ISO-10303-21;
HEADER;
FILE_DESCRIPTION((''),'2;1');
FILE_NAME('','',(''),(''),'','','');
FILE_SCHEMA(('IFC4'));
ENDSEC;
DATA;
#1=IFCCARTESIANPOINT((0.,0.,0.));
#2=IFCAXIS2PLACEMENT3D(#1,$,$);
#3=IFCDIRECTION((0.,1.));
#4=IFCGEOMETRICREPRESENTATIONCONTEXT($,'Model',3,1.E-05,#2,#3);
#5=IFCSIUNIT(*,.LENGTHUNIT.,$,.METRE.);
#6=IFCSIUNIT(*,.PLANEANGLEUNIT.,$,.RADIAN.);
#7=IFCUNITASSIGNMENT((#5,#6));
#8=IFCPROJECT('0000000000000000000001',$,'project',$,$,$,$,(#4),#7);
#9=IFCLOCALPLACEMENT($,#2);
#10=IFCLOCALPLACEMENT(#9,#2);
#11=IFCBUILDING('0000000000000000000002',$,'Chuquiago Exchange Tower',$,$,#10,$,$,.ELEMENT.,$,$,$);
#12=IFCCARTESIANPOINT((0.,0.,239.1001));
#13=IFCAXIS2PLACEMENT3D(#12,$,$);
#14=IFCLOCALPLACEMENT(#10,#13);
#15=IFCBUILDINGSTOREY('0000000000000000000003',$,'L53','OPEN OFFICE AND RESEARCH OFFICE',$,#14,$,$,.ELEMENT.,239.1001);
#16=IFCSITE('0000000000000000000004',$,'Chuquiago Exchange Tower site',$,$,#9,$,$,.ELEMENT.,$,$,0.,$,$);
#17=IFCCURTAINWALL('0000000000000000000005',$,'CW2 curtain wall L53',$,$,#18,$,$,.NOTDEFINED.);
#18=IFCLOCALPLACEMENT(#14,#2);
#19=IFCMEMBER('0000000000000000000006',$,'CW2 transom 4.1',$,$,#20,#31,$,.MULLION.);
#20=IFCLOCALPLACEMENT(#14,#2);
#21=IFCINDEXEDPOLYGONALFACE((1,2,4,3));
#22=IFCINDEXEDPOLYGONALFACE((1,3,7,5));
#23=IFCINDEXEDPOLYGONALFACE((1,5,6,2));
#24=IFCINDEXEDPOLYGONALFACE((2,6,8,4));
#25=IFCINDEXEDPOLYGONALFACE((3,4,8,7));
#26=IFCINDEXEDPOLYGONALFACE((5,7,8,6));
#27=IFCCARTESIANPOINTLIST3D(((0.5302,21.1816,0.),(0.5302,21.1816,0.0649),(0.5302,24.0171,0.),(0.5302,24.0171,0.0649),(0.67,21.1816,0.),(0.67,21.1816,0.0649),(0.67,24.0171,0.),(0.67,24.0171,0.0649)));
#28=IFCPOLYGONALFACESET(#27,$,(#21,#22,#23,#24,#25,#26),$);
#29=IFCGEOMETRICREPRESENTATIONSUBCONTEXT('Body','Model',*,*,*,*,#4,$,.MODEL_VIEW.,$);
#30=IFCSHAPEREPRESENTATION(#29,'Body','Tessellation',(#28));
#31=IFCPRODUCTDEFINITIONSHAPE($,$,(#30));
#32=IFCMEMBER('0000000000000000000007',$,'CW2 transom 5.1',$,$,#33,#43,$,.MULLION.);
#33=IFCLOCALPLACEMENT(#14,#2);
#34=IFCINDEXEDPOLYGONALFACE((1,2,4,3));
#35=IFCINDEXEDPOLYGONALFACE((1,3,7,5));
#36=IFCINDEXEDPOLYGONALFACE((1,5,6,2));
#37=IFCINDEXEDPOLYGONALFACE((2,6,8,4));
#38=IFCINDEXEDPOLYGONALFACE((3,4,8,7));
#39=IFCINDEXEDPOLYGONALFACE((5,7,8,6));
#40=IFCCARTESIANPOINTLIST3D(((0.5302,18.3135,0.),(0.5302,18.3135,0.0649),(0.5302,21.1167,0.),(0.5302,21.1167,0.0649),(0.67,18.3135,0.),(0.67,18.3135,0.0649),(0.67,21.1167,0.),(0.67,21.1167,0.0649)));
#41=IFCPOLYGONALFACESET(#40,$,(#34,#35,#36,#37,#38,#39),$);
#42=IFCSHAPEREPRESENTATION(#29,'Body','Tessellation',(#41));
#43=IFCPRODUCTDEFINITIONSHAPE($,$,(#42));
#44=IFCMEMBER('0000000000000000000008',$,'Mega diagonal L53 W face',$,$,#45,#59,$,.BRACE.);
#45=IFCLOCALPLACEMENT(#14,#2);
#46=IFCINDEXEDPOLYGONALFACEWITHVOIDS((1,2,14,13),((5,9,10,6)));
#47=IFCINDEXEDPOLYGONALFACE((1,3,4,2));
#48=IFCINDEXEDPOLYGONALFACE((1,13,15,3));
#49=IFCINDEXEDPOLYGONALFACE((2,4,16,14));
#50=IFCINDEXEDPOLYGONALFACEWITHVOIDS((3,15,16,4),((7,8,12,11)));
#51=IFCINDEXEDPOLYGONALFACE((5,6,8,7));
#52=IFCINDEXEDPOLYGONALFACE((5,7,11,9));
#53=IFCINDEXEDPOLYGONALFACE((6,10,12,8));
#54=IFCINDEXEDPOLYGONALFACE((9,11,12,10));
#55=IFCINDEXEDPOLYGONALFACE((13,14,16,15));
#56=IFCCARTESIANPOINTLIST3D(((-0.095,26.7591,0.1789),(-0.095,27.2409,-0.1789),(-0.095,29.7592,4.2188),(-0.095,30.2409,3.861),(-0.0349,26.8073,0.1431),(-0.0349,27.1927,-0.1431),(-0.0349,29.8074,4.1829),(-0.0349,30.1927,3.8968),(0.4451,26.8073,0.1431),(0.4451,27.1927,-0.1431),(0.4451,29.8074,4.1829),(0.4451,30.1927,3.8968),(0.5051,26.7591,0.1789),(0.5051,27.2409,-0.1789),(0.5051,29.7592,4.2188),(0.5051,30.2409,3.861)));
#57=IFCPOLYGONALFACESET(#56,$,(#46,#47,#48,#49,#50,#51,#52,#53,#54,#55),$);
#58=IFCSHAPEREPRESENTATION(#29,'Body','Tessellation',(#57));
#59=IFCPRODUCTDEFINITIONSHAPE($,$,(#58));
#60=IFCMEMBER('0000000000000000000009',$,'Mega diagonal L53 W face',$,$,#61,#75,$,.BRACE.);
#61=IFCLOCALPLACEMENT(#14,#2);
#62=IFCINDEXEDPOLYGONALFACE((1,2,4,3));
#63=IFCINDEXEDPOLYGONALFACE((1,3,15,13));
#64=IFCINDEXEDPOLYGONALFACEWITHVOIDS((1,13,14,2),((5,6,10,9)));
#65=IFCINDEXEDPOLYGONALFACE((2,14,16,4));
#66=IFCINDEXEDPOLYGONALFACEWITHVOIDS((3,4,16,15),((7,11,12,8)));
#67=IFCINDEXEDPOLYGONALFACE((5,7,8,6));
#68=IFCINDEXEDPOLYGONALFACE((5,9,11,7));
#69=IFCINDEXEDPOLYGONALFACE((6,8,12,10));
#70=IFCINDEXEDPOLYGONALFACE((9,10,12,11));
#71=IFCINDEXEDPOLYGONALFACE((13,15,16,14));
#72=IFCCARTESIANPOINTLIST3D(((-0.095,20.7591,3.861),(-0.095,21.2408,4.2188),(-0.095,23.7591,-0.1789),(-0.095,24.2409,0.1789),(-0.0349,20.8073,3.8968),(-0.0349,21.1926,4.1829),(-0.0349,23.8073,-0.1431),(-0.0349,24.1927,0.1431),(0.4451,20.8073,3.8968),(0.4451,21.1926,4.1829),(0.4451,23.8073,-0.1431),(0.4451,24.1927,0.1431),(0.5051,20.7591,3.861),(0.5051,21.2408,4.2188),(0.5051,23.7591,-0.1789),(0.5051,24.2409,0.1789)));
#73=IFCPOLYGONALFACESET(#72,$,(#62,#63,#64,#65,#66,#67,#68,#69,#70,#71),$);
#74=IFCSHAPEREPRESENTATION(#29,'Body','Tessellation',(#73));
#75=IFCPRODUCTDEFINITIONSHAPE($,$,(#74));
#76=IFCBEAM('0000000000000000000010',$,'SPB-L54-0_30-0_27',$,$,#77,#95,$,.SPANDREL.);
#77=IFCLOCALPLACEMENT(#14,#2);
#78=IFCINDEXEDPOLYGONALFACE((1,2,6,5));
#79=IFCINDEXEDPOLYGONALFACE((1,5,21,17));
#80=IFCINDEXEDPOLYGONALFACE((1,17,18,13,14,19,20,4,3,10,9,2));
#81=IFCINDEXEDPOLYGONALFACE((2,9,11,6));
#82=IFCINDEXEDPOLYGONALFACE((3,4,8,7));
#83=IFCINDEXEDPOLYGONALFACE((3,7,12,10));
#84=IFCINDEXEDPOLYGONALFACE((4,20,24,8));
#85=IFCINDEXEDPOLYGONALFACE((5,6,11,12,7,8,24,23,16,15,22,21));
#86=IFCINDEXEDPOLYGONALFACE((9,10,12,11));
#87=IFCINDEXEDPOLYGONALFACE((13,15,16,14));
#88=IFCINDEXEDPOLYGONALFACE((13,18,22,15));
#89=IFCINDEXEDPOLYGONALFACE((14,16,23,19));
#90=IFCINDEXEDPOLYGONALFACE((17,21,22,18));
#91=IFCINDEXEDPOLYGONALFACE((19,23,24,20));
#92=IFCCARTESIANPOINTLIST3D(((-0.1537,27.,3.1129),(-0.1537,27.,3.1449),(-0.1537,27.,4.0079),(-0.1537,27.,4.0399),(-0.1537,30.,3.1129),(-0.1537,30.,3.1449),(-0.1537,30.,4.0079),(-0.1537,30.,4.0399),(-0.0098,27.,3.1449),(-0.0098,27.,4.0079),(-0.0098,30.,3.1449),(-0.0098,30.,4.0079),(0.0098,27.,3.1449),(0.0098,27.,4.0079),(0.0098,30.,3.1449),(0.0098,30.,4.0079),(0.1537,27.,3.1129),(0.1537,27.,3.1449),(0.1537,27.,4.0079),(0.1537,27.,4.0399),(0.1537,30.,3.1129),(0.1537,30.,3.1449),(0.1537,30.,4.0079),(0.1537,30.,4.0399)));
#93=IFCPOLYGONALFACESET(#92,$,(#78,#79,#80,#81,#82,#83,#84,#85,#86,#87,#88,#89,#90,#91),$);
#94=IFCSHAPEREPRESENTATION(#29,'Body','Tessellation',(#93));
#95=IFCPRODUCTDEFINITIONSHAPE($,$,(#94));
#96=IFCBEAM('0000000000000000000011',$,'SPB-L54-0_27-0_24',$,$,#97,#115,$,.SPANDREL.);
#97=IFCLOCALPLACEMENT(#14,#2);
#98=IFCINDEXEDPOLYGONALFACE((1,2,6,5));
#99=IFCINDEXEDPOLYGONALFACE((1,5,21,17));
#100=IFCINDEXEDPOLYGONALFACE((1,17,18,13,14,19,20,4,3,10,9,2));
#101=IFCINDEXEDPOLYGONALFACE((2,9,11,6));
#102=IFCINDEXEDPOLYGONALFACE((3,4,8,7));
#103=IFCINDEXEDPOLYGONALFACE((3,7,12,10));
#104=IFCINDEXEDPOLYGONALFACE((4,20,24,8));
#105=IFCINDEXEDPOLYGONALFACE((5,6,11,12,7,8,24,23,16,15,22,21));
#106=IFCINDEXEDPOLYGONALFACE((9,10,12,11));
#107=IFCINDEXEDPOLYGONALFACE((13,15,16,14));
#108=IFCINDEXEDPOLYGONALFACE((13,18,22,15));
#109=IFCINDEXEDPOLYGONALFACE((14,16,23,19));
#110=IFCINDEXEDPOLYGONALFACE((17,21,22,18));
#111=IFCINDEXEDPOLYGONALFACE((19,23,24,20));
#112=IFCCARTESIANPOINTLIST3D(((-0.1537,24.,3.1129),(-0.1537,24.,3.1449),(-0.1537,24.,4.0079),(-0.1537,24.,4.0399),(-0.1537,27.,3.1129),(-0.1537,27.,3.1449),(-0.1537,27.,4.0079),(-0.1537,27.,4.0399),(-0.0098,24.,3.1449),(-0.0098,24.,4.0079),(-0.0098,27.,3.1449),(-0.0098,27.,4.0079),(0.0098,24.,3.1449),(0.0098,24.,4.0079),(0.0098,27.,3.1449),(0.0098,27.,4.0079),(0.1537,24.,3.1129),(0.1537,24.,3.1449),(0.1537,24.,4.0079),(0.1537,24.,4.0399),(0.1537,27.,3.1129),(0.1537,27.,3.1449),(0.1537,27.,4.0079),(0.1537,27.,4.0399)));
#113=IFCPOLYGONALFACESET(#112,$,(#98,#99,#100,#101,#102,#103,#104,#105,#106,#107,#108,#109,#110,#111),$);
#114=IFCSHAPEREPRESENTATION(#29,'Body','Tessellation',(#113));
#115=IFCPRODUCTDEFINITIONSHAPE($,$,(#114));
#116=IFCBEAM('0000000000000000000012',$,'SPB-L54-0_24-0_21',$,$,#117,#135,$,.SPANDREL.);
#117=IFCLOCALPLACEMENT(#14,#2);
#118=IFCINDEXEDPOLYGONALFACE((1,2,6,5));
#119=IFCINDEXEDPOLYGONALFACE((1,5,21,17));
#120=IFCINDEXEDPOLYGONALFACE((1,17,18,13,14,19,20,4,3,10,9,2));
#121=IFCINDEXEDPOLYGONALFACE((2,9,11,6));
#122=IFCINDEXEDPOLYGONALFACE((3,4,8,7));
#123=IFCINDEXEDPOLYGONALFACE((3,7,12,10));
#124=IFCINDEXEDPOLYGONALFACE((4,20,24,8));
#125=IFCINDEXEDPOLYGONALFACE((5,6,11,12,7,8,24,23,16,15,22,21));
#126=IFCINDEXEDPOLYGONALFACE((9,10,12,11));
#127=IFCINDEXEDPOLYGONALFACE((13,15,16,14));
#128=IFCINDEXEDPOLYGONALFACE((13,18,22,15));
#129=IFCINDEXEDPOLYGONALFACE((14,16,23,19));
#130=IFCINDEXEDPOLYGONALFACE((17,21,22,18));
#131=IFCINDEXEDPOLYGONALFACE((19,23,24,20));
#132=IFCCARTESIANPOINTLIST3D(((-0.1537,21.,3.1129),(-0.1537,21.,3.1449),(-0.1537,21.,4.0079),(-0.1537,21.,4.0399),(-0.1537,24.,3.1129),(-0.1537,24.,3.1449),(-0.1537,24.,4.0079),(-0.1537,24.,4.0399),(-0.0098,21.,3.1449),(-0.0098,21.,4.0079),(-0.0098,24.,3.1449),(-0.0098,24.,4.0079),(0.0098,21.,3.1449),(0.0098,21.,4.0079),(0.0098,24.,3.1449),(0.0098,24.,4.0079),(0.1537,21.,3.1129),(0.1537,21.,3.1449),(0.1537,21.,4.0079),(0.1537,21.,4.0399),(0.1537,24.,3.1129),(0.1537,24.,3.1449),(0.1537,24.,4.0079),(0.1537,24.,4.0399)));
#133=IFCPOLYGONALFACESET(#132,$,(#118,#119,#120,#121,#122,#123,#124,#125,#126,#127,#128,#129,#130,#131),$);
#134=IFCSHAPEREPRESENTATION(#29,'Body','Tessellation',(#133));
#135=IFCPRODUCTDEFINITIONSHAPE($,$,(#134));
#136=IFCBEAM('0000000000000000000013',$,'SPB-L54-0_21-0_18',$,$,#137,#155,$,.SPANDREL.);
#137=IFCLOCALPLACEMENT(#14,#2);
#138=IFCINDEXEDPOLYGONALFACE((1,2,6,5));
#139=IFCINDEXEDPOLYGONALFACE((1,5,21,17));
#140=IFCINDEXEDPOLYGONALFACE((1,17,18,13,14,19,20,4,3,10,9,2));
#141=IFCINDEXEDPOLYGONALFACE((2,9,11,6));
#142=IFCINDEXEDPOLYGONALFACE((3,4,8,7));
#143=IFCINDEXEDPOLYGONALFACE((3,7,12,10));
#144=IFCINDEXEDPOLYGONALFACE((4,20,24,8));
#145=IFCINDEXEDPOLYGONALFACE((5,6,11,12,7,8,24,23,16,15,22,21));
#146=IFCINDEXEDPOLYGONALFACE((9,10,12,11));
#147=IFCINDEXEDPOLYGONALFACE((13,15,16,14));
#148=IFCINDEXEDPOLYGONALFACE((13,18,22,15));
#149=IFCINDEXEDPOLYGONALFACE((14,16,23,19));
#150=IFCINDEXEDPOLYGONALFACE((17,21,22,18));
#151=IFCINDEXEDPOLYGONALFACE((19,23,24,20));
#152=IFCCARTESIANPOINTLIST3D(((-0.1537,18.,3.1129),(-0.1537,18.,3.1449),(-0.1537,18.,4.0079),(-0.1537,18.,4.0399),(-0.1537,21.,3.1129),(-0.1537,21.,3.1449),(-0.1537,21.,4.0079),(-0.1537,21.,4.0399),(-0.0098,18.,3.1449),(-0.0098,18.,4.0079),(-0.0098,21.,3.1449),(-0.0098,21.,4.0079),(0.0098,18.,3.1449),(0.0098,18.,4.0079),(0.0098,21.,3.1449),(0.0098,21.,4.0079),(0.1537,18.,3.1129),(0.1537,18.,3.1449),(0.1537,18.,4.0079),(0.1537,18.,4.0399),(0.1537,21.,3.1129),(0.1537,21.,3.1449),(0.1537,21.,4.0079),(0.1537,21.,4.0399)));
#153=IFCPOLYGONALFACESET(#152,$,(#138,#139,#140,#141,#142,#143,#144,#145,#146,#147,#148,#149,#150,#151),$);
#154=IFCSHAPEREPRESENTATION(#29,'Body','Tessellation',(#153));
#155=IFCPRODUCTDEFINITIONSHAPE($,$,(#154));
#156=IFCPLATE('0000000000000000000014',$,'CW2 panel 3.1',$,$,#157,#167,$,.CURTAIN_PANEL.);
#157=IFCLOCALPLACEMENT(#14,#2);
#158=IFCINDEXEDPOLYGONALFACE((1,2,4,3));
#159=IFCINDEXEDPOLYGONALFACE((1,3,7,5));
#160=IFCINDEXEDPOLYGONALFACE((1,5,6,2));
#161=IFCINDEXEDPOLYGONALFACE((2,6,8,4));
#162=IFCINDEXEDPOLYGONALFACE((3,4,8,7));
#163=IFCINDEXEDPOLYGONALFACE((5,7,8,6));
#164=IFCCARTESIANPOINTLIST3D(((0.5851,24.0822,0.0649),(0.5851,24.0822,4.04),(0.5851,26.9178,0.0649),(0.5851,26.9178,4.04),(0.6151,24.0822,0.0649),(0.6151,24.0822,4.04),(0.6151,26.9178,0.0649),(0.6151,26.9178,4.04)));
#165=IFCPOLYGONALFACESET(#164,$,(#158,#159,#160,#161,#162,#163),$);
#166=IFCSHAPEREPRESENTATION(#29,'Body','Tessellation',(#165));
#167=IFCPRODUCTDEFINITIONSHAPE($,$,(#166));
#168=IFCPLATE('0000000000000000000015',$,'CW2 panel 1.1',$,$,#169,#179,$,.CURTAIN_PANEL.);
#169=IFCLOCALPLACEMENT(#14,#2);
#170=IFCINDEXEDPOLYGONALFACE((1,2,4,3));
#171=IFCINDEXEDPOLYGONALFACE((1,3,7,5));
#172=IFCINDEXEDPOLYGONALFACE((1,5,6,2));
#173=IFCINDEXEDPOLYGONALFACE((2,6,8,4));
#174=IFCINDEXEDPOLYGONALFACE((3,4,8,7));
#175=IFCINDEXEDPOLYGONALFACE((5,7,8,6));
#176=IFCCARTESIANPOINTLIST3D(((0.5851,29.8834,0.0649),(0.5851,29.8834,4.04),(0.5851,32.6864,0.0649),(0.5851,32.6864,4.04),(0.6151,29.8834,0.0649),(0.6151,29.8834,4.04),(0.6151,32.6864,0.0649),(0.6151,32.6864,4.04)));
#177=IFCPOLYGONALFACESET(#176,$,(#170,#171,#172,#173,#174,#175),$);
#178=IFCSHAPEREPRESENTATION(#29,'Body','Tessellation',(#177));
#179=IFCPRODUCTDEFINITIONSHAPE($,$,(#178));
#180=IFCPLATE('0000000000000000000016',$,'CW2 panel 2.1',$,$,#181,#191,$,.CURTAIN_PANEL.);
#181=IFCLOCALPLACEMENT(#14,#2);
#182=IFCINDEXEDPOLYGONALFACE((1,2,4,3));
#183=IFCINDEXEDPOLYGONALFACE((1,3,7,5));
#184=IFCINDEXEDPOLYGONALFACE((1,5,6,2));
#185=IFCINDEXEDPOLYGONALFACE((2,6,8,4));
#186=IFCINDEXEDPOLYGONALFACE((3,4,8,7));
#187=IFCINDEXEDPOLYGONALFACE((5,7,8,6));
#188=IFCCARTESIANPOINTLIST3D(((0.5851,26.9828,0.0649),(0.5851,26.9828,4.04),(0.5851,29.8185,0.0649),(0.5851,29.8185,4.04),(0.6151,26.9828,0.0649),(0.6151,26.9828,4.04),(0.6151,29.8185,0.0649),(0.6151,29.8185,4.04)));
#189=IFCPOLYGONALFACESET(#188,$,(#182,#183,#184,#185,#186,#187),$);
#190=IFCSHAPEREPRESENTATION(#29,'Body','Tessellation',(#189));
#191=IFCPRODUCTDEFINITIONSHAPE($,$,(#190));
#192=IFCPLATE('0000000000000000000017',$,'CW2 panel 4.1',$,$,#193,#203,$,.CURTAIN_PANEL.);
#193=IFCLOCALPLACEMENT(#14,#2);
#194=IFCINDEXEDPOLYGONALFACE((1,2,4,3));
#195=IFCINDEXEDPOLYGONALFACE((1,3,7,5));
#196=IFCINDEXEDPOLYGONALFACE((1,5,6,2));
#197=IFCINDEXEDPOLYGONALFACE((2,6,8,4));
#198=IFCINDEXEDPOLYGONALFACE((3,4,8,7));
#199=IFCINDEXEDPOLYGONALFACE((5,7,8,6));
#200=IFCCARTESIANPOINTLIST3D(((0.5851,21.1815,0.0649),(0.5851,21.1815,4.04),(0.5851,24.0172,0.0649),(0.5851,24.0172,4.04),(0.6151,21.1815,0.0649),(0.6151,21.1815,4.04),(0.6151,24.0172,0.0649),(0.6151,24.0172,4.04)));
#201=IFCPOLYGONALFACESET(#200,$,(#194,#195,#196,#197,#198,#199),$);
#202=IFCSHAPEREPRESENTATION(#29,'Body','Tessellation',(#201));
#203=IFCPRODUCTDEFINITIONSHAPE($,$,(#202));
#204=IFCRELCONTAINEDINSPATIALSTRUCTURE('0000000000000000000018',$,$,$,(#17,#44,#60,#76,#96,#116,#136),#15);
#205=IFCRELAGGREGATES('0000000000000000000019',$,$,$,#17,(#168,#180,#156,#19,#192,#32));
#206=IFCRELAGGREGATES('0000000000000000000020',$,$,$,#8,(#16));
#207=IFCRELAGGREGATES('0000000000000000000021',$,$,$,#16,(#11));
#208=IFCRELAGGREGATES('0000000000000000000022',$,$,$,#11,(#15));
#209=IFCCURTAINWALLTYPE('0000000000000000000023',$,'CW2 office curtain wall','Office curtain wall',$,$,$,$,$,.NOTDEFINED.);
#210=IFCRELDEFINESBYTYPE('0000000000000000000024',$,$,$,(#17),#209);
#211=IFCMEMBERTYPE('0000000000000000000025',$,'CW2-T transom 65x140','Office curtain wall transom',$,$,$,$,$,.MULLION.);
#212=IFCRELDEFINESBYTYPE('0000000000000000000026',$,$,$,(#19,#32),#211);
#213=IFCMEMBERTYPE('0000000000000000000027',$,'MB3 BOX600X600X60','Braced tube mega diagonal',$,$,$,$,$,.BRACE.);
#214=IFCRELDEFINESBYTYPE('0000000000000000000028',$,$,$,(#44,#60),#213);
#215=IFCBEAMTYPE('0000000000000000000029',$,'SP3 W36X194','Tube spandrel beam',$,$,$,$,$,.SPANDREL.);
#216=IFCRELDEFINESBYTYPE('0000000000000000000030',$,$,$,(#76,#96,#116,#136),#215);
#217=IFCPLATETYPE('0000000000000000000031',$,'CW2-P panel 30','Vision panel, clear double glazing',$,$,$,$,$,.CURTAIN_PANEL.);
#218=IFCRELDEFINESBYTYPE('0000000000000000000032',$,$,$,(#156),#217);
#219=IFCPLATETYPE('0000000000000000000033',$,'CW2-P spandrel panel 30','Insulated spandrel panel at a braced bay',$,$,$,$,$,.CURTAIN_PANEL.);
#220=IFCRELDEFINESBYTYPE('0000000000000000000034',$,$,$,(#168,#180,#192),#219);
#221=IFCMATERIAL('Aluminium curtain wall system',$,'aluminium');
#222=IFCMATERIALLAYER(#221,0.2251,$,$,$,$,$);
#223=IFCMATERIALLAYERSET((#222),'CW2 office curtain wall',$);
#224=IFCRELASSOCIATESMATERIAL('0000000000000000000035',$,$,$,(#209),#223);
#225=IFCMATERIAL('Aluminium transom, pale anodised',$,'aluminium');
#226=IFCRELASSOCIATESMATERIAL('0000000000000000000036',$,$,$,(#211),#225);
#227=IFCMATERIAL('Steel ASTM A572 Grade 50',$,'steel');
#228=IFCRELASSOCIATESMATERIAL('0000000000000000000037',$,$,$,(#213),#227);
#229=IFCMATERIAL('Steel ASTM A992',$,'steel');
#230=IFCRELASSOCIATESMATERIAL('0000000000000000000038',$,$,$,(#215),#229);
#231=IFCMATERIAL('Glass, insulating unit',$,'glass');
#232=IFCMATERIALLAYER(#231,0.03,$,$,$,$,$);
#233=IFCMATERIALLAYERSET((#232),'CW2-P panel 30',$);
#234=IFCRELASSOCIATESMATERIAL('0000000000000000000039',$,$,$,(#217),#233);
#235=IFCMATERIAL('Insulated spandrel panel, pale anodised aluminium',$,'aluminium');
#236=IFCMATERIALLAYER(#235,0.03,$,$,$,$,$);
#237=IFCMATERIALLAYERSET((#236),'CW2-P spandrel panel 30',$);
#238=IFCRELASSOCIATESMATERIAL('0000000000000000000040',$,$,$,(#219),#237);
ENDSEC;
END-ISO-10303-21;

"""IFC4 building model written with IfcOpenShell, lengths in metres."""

from ifc_helpers import new_model, si_unit, direction, frame, origin, origin_2d, place, context, subcontext, project, spatial, rectangle, hollow_rectangle, i_section, extrude, material, layer, layer_set, material_profile, profile_set, type_object, element, aggregate, save


model = new_model("IFC4")

# Units and contexts
model_context = context("Model", 3, precision=1e-05, world=origin(), true_north=direction((0.0, 1.0)))
body_context = subcontext(model_context, "Body", "Model", "MODEL_VIEW")
ifc_project = project(units=[si_unit("LENGTHUNIT", "METRE"), si_unit("PLANEANGLEUNIT", "RADIAN")], contexts=[model_context])

# Site, building, storey
site_placement = place(None, origin())
site = spatial("IfcSite", under=ifc_project, at=site_placement, Name="Chuquiago Exchange Tower site", CompositionType="ELEMENT", RefElevation=0.0)
building_placement = place(site_placement, origin())
building = spatial("IfcBuilding", under=site, at=building_placement, Name="Chuquiago Exchange Tower", CompositionType="ELEMENT")
storey_placement = place(building_placement, frame((0.0, 0.0, 239.1001)))
storey = spatial("IfcBuildingStorey", under=building, at=storey_placement, Name="L53", Description="OPEN OFFICE AND RESEARCH OFFICE", CompositionType="ELEMENT", Elevation=239.1001)

# Curtain wall, members
ifc_material_1 = material(Name="Aluminium curtain wall system", Category="aluminium")
ifc_layer_1 = layer(ifc_material_1, 0.2251)
ifc_layer_set_1 = layer_set([ifc_layer_1], Name="CW2 office curtain wall")
curtain_wall_type = type_object("IfcCurtainWallType", Name="CW2 office curtain wall", Description="Office curtain wall", PredefinedType="NOTDEFINED", material=ifc_layer_set_1)
curtain_wall_placement = place(storey_placement, origin())
curtain_wall = element("IfcCurtainWall", 1, at=curtain_wall_placement, inside=storey, type_object=curtain_wall_type, Name="CW2 curtain wall L53", PredefinedType="NOTDEFINED")
ifc_material_2 = material(Name="Aluminium transom, pale anodised", Category="aluminium")
ifc_material_profile_1 = material_profile(ifc_material_2, rectangle(XDim=0.1399, YDim=0.0649, at=origin_2d()), Name="AL 140x65")
ifc_profile_set_1 = profile_set([ifc_material_profile_1], Name="Aluminium transom, pale anodised")
member_type_1 = type_object("IfcMemberType", Name="CW2-T transom 65x140", Description="Office curtain wall transom", PredefinedType="MULLION", material=ifc_profile_set_1)
member_1_placement = place(storey_placement, frame((0.6001, 24.0171, 0.0325), z_axis=(0.0, -1.0, 0.0), x_axis=(1.0, 0.0, 0.0)))
member_1 = element("IfcMember", 2, at=member_1_placement, type_object=member_type_1, Name="CW2 transom 4.1", PredefinedType="MULLION", context=body_context, shape_type="SweptSolid", body=[
    extrude(rectangle(XDim=0.1399, YDim=0.0649, at=origin_2d()), origin(), (0.0, 0.0, 1.0), 2.8354),
])
member_2_placement = place(storey_placement, frame((0.6001, 21.1167, 0.0325), z_axis=(0.0, -1.0, 0.0), x_axis=(1.0, 0.0, 0.0)))
member_2 = element("IfcMember", 3, at=member_2_placement, type_object=member_type_1, Name="CW2 transom 5.1", PredefinedType="MULLION", context=body_context, shape_type="SweptSolid", body=[
    extrude(rectangle(XDim=0.1399, YDim=0.0649, at=origin_2d()), origin(), (0.0, 0.0, 1.0), 2.8032),
])

# Members
ifc_material_3 = material(Name="Steel ASTM A572 Grade 50", Category="steel")
ifc_material_profile_2 = material_profile(ifc_material_3, hollow_rectangle(XDim=0.6001, YDim=0.6001, WallThickness=0.0601, at=origin_2d()), Name="BOX600X600X60")
ifc_profile_set_2 = profile_set([ifc_material_profile_2], Name="Steel ASTM A572 Grade 50")
member_type_2 = type_object("IfcMemberType", Name="MB3 BOX600X600X60", Description="Braced tube mega diagonal", PredefinedType="BRACE", material=ifc_profile_set_2)
for number, where, z_axis, x_axis, name in (
    (4, (0.2051, 27.0, 0.0), (0.0, 0.596197, 0.802838), (-1.0, 0.0, 0.0), "Mega diagonal L53 W face"),
    (5, (0.2051, 24.0, 0.0), (0.0, -0.596197, 0.802838), (1.0, 0.0, 0.0), "Mega diagonal L53 W face"),
):
    element("IfcMember", number, at=place(storey_placement, frame(where, z_axis=z_axis, x_axis=x_axis)), inside=storey, type_object=member_type_2, Name=name, PredefinedType="BRACE", context=body_context, shape_type="SweptSolid", body=[
        extrude(hollow_rectangle(XDim=0.6001, YDim=0.6001, WallThickness=0.0601, at=origin_2d()), origin(), (0.0, 0.0, 1.0), 5.032),
    ])

# Beams
ifc_material_4 = material(Name="Steel ASTM A992", Category="steel")
ifc_material_profile_3 = material_profile(ifc_material_4, i_section(OverallWidth=0.3074, OverallDepth=0.927, WebThickness=0.0195, FlangeThickness=0.032, at=origin_2d()), Name="W36X194")
ifc_profile_set_3 = profile_set([ifc_material_profile_3], Name="Steel ASTM A992")
beam_type = type_object("IfcBeamType", Name="SP3 W36X194", Description="Tube spandrel beam", PredefinedType="SPANDREL", material=ifc_profile_set_3)
for number, where, z_axis, x_axis, name in (
    (6, (0.0, 30.0, 3.5764), (0.0, -1.0, 0.0), (1.0, 0.0, 0.0), "SPB-L54-0_30-0_27"),
    (7, (0.0, 27.0, 3.5764), (0.0, -1.0, 0.0), (1.0, 0.0, 0.0), "SPB-L54-0_27-0_24"),
    (8, (0.0, 24.0, 3.5764), (0.0, -1.0, 0.0), (1.0, 0.0, 0.0), "SPB-L54-0_24-0_21"),
    (9, (0.0, 21.0, 3.5764), (0.0, -1.0, 0.0), (1.0, 0.0, 0.0), "SPB-L54-0_21-0_18"),
):
    element("IfcBeam", number, at=place(storey_placement, frame(where, z_axis=z_axis, x_axis=x_axis)), inside=storey, type_object=beam_type, Name=name, PredefinedType="SPANDREL", context=body_context, shape_type="SweptSolid", body=[
        extrude(i_section(OverallWidth=0.3074, OverallDepth=0.927, WebThickness=0.0195, FlangeThickness=0.032, at=origin_2d()), origin(), (0.0, 0.0, 1.0), 3.0),
    ])

# Plates
ifc_material_5 = material(Name="Glass, insulating unit", Category="glass")
ifc_layer_2 = layer(ifc_material_5, 0.03)
ifc_layer_set_2 = layer_set([ifc_layer_2], Name="CW2-P panel 30")
plate_type_1 = type_object("IfcPlateType", Name="CW2-P panel 30", Description="Vision panel, clear double glazing", PredefinedType="CURTAIN_PANEL", material=ifc_layer_set_2)
plate_1_placement = place(storey_placement, frame((0.6001, 25.5, 0.0649), z_axis=(0.0, 0.0, 1.0), x_axis=(0.0, -1.0, 0.0)))
plate_1 = element("IfcPlate", 10, at=plate_1_placement, type_object=plate_type_1, Name="CW2 panel 3.1", PredefinedType="CURTAIN_PANEL", context=body_context, shape_type="SweptSolid", body=[
    extrude(rectangle(XDim=2.8357, YDim=0.03, at=origin_2d()), origin(), (0.0, 0.0, 1.0), 3.9751),
])
ifc_material_6 = material(Name="Insulated spandrel panel, pale anodised aluminium", Category="aluminium")
ifc_layer_3 = layer(ifc_material_6, 0.03)
ifc_layer_set_3 = layer_set([ifc_layer_3], Name="CW2-P spandrel panel 30")
plate_type_2 = type_object("IfcPlateType", Name="CW2-P spandrel panel 30", Description="Insulated spandrel panel at a braced bay", PredefinedType="CURTAIN_PANEL", material=ifc_layer_set_3)
plate_2_placement = place(storey_placement, frame((0.6001, 31.2849, 0.0649), z_axis=(0.0, 0.0, 1.0), x_axis=(0.0, -1.0, 0.0)))
plate_2 = element("IfcPlate", 11, at=plate_2_placement, type_object=plate_type_2, Name="CW2 panel 1.1", PredefinedType="CURTAIN_PANEL", context=body_context, shape_type="SweptSolid", body=[
    extrude(rectangle(XDim=2.803, YDim=0.03, at=origin_2d()), origin(), (0.0, 0.0, 1.0), 3.9751),
])
plate_3_placement = place(storey_placement, frame((0.6001, 28.4006, 0.0649), z_axis=(0.0, 0.0, 1.0), x_axis=(0.0, -1.0, 0.0)))
plate_3 = element("IfcPlate", 12, at=plate_3_placement, type_object=plate_type_2, Name="CW2 panel 2.1", PredefinedType="CURTAIN_PANEL", context=body_context, shape_type="SweptSolid", body=[
    extrude(rectangle(XDim=2.8357, YDim=0.03, at=origin_2d()), origin(), (0.0, 0.0, 1.0), 3.9751),
])
plate_4_placement = place(storey_placement, frame((0.6001, 22.5994, 0.0649), z_axis=(0.0, 0.0, 1.0), x_axis=(0.0, -1.0, 0.0)))
plate_4 = element("IfcPlate", 13, at=plate_4_placement, type_object=plate_type_2, Name="CW2 panel 4.1", PredefinedType="CURTAIN_PANEL", context=body_context, shape_type="SweptSolid", body=[
    extrude(rectangle(XDim=2.8357, YDim=0.03, at=origin_2d()), origin(), (0.0, 0.0, 1.0), 3.9751),
])
aggregate(curtain_wall, [plate_2, plate_3, plate_1, member_1, plate_4, member_2])

save(model, "model.ifc")
